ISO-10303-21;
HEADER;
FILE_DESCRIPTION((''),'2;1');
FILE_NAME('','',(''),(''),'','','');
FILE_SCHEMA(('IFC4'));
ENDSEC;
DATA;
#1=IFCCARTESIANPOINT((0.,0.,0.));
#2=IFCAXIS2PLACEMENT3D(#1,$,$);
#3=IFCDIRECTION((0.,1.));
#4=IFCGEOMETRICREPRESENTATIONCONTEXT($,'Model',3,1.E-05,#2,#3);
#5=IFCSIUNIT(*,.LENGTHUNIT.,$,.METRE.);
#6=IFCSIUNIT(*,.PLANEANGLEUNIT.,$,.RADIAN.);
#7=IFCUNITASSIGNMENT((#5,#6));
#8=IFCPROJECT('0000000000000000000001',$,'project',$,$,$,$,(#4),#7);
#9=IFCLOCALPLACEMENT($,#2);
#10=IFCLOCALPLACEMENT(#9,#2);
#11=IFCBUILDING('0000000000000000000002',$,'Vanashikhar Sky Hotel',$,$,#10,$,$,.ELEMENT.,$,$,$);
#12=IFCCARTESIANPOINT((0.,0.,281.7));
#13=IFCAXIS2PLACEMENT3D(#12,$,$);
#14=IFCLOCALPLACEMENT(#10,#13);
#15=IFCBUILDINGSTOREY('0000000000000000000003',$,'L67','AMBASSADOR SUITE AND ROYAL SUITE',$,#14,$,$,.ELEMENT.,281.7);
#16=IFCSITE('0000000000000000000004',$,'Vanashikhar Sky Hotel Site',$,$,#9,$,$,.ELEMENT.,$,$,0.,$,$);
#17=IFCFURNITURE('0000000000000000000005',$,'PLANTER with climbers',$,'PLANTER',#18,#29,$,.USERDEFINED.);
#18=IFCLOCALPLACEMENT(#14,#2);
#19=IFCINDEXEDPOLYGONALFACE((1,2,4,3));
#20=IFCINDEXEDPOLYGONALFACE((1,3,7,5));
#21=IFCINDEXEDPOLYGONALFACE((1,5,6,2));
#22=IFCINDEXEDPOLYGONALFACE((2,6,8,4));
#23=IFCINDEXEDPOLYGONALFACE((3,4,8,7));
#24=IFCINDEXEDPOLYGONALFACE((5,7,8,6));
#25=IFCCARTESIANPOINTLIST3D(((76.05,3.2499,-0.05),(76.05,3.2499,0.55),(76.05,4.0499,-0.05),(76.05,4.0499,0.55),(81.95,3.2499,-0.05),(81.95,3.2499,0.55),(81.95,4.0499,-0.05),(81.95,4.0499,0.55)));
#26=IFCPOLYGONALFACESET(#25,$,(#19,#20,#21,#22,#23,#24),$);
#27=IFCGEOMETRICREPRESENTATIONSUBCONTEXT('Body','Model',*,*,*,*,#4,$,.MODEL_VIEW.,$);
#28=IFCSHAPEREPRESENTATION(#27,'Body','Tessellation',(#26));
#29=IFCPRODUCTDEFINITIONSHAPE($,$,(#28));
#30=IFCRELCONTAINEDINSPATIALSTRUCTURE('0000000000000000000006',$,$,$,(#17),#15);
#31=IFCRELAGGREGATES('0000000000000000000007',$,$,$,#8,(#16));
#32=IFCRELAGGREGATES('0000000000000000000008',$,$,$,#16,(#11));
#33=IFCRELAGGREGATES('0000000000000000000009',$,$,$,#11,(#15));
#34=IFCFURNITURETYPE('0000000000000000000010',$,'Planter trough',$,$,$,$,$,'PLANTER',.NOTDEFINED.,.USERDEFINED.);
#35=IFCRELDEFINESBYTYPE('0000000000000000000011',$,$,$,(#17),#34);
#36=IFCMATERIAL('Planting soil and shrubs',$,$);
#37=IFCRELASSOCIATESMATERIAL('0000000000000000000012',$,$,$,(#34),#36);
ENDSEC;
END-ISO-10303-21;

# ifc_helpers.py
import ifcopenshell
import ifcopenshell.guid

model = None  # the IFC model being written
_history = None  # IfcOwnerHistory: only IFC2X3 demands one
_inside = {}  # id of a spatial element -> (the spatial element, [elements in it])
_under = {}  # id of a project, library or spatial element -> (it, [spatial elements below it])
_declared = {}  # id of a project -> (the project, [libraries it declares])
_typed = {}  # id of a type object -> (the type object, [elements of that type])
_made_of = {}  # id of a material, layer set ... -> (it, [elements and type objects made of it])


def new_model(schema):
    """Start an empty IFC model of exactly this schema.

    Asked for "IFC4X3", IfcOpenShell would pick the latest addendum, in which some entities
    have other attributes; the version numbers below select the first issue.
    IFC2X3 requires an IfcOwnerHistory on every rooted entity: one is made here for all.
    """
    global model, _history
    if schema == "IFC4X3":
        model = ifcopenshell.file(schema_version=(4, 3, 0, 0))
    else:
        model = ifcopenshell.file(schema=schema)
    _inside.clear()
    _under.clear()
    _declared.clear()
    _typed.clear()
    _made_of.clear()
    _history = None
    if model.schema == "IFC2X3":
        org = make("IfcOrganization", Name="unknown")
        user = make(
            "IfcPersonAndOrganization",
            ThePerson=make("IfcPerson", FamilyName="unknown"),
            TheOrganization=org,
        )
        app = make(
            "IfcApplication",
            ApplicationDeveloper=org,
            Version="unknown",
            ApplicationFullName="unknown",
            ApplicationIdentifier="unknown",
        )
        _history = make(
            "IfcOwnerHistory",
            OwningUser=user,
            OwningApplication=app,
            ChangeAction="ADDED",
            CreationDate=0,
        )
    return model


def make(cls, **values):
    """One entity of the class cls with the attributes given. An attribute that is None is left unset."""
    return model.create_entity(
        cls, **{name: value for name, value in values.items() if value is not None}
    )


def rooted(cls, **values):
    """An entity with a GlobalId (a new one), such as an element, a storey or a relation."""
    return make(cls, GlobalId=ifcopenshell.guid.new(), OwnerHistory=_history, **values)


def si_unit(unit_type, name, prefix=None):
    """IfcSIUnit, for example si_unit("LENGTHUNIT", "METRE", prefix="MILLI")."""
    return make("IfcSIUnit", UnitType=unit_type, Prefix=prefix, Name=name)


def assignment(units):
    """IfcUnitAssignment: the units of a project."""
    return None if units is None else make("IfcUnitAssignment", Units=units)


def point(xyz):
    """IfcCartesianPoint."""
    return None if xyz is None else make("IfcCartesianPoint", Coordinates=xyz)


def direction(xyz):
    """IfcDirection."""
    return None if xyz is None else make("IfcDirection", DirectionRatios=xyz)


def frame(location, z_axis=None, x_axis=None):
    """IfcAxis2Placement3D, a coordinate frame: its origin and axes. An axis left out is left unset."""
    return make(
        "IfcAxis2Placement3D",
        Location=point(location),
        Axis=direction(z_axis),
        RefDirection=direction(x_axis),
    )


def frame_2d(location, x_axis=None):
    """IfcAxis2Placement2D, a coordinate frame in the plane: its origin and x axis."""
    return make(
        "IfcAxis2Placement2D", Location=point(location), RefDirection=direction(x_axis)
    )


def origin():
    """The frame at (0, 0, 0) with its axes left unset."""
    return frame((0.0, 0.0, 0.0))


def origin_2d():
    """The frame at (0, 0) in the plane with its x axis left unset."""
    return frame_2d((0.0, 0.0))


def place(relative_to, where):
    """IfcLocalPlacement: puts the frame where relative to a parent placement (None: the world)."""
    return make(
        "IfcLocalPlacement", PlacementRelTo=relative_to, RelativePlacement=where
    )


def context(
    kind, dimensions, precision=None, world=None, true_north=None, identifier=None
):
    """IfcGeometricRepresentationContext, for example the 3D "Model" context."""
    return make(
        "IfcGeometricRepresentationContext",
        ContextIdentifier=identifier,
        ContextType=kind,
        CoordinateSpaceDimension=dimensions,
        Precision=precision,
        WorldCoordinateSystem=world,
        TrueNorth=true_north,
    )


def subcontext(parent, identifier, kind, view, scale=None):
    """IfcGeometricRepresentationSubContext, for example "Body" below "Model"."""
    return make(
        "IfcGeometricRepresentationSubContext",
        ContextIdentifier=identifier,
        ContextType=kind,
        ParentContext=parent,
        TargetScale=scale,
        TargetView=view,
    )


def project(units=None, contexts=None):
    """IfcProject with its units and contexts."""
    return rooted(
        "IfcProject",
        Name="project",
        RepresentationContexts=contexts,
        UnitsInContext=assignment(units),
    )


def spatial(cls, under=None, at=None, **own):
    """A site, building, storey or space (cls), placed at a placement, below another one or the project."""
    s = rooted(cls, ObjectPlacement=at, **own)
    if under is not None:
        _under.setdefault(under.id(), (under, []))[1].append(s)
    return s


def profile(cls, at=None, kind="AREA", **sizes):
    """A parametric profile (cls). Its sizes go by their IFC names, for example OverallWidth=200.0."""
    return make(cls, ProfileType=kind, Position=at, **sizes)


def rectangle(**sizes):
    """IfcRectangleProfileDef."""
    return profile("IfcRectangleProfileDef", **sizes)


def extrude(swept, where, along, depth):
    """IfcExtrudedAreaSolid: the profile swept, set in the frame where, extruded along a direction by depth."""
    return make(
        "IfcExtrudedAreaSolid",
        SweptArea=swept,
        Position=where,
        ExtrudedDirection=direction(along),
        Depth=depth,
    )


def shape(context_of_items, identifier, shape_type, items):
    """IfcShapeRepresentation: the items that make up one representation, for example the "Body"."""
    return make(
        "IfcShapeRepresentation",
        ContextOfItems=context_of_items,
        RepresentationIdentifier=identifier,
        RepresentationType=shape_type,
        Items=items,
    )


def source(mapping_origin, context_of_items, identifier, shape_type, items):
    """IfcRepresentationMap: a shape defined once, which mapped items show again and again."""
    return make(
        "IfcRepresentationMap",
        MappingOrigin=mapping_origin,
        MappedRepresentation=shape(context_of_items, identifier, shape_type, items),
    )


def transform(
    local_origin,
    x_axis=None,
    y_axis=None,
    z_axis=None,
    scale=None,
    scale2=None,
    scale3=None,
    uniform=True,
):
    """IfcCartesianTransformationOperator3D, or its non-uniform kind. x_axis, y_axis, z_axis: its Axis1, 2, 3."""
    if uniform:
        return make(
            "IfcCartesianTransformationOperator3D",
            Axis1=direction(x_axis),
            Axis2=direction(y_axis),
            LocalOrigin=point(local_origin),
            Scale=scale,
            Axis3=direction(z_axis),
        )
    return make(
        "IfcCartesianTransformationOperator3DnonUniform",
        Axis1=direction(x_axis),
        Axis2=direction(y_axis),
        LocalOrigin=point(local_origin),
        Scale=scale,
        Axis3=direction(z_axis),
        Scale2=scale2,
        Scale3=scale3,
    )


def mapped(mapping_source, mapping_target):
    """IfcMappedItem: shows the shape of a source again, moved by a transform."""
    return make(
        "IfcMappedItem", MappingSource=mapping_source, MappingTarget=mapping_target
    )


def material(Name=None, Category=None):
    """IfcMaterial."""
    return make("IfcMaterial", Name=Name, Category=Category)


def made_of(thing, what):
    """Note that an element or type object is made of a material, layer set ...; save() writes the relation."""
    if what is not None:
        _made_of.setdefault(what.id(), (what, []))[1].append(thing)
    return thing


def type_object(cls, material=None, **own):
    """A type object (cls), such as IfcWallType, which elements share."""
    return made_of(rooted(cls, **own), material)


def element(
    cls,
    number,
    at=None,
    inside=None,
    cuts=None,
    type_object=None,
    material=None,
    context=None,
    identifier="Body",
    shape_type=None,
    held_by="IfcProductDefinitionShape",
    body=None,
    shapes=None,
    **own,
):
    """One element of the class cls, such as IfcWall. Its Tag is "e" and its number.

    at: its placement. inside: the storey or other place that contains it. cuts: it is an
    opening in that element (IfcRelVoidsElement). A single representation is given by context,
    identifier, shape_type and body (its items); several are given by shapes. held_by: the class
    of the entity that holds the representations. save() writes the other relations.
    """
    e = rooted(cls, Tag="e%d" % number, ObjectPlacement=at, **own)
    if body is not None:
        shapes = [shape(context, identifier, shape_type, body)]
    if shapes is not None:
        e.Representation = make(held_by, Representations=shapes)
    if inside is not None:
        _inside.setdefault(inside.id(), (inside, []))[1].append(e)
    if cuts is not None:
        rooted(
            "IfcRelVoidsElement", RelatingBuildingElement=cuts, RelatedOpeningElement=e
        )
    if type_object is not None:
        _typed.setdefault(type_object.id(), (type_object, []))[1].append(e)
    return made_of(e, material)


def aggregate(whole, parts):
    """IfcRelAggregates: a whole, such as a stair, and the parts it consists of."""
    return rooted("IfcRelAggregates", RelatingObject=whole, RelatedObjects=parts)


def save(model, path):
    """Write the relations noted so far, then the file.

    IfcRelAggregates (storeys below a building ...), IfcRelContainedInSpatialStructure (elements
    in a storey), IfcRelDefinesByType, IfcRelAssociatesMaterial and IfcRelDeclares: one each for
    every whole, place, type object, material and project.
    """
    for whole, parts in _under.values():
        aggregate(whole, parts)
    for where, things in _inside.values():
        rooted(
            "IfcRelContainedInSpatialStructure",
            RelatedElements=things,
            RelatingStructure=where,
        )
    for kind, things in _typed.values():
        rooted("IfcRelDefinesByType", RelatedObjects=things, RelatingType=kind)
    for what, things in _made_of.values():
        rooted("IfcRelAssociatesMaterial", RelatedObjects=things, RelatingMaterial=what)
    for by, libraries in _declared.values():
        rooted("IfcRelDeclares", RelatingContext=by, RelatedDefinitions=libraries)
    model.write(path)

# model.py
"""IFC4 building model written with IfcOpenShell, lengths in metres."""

from ifc_helpers import new_model, si_unit, direction, frame, origin, origin_2d, place, context, subcontext, project, spatial, rectangle, extrude, source, transform, mapped, material, type_object, element, save


model = new_model("IFC4")

# Units and contexts
model_context = context("Model", 3, precision=1e-05, world=origin(), true_north=direction((0.0, 1.0)))
body_context = subcontext(model_context, "Body", "Model", "MODEL_VIEW")
ifc_project = project(units=[si_unit("LENGTHUNIT", "METRE"), si_unit("PLANEANGLEUNIT", "RADIAN")], contexts=[model_context])

# Site, building, storey
site_placement = place(None, origin())
site = spatial("IfcSite", under=ifc_project, at=site_placement, Name="Vanashikhar Sky Hotel Site", CompositionType="ELEMENT", RefElevation=0.0)
building_placement = place(site_placement, origin())
building = spatial("IfcBuilding", under=site, at=building_placement, Name="Vanashikhar Sky Hotel", CompositionType="ELEMENT")
storey_placement = place(building_placement, frame((0.0, 0.0, 281.7)))
storey = spatial("IfcBuildingStorey", under=building, at=storey_placement, Name="L67", Description="AMBASSADOR SUITE AND ROYAL SUITE", CompositionType="ELEMENT", Elevation=281.7)

# Furniture
ifc_material_1 = material(Name="Planting soil and shrubs")
furniture_type = type_object("IfcFurnitureType", Name="Planter trough", ElementType="PLANTER", AssemblyPlace="NOTDEFINED", PredefinedType="USERDEFINED", material=ifc_material_1)
shared_shape_1 = source(origin(), body_context, "Body", "SweptSolid", [
    extrude(rectangle(XDim=5.8999, YDim=0.8, at=origin_2d()), origin(), (0.0, 0.0, 1.0), 0.6001),
])
furniture_placement = place(storey_placement, frame((79.0, 3.6499, -0.05), z_axis=(0.0, 0.0, 1.0), x_axis=(1.0, 0.0, 0.0)))
element("IfcFurniture", 1, at=furniture_placement, inside=storey, type_object=furniture_type, Name="PLANTER with climbers", ObjectType="PLANTER", PredefinedType="USERDEFINED", context=body_context, shape_type="MappedRepresentation", body=[
    mapped(shared_shape_1, transform((0.0, 0.0, 0.0), scale=1.0)),
])

save(model, "model.ifc")
